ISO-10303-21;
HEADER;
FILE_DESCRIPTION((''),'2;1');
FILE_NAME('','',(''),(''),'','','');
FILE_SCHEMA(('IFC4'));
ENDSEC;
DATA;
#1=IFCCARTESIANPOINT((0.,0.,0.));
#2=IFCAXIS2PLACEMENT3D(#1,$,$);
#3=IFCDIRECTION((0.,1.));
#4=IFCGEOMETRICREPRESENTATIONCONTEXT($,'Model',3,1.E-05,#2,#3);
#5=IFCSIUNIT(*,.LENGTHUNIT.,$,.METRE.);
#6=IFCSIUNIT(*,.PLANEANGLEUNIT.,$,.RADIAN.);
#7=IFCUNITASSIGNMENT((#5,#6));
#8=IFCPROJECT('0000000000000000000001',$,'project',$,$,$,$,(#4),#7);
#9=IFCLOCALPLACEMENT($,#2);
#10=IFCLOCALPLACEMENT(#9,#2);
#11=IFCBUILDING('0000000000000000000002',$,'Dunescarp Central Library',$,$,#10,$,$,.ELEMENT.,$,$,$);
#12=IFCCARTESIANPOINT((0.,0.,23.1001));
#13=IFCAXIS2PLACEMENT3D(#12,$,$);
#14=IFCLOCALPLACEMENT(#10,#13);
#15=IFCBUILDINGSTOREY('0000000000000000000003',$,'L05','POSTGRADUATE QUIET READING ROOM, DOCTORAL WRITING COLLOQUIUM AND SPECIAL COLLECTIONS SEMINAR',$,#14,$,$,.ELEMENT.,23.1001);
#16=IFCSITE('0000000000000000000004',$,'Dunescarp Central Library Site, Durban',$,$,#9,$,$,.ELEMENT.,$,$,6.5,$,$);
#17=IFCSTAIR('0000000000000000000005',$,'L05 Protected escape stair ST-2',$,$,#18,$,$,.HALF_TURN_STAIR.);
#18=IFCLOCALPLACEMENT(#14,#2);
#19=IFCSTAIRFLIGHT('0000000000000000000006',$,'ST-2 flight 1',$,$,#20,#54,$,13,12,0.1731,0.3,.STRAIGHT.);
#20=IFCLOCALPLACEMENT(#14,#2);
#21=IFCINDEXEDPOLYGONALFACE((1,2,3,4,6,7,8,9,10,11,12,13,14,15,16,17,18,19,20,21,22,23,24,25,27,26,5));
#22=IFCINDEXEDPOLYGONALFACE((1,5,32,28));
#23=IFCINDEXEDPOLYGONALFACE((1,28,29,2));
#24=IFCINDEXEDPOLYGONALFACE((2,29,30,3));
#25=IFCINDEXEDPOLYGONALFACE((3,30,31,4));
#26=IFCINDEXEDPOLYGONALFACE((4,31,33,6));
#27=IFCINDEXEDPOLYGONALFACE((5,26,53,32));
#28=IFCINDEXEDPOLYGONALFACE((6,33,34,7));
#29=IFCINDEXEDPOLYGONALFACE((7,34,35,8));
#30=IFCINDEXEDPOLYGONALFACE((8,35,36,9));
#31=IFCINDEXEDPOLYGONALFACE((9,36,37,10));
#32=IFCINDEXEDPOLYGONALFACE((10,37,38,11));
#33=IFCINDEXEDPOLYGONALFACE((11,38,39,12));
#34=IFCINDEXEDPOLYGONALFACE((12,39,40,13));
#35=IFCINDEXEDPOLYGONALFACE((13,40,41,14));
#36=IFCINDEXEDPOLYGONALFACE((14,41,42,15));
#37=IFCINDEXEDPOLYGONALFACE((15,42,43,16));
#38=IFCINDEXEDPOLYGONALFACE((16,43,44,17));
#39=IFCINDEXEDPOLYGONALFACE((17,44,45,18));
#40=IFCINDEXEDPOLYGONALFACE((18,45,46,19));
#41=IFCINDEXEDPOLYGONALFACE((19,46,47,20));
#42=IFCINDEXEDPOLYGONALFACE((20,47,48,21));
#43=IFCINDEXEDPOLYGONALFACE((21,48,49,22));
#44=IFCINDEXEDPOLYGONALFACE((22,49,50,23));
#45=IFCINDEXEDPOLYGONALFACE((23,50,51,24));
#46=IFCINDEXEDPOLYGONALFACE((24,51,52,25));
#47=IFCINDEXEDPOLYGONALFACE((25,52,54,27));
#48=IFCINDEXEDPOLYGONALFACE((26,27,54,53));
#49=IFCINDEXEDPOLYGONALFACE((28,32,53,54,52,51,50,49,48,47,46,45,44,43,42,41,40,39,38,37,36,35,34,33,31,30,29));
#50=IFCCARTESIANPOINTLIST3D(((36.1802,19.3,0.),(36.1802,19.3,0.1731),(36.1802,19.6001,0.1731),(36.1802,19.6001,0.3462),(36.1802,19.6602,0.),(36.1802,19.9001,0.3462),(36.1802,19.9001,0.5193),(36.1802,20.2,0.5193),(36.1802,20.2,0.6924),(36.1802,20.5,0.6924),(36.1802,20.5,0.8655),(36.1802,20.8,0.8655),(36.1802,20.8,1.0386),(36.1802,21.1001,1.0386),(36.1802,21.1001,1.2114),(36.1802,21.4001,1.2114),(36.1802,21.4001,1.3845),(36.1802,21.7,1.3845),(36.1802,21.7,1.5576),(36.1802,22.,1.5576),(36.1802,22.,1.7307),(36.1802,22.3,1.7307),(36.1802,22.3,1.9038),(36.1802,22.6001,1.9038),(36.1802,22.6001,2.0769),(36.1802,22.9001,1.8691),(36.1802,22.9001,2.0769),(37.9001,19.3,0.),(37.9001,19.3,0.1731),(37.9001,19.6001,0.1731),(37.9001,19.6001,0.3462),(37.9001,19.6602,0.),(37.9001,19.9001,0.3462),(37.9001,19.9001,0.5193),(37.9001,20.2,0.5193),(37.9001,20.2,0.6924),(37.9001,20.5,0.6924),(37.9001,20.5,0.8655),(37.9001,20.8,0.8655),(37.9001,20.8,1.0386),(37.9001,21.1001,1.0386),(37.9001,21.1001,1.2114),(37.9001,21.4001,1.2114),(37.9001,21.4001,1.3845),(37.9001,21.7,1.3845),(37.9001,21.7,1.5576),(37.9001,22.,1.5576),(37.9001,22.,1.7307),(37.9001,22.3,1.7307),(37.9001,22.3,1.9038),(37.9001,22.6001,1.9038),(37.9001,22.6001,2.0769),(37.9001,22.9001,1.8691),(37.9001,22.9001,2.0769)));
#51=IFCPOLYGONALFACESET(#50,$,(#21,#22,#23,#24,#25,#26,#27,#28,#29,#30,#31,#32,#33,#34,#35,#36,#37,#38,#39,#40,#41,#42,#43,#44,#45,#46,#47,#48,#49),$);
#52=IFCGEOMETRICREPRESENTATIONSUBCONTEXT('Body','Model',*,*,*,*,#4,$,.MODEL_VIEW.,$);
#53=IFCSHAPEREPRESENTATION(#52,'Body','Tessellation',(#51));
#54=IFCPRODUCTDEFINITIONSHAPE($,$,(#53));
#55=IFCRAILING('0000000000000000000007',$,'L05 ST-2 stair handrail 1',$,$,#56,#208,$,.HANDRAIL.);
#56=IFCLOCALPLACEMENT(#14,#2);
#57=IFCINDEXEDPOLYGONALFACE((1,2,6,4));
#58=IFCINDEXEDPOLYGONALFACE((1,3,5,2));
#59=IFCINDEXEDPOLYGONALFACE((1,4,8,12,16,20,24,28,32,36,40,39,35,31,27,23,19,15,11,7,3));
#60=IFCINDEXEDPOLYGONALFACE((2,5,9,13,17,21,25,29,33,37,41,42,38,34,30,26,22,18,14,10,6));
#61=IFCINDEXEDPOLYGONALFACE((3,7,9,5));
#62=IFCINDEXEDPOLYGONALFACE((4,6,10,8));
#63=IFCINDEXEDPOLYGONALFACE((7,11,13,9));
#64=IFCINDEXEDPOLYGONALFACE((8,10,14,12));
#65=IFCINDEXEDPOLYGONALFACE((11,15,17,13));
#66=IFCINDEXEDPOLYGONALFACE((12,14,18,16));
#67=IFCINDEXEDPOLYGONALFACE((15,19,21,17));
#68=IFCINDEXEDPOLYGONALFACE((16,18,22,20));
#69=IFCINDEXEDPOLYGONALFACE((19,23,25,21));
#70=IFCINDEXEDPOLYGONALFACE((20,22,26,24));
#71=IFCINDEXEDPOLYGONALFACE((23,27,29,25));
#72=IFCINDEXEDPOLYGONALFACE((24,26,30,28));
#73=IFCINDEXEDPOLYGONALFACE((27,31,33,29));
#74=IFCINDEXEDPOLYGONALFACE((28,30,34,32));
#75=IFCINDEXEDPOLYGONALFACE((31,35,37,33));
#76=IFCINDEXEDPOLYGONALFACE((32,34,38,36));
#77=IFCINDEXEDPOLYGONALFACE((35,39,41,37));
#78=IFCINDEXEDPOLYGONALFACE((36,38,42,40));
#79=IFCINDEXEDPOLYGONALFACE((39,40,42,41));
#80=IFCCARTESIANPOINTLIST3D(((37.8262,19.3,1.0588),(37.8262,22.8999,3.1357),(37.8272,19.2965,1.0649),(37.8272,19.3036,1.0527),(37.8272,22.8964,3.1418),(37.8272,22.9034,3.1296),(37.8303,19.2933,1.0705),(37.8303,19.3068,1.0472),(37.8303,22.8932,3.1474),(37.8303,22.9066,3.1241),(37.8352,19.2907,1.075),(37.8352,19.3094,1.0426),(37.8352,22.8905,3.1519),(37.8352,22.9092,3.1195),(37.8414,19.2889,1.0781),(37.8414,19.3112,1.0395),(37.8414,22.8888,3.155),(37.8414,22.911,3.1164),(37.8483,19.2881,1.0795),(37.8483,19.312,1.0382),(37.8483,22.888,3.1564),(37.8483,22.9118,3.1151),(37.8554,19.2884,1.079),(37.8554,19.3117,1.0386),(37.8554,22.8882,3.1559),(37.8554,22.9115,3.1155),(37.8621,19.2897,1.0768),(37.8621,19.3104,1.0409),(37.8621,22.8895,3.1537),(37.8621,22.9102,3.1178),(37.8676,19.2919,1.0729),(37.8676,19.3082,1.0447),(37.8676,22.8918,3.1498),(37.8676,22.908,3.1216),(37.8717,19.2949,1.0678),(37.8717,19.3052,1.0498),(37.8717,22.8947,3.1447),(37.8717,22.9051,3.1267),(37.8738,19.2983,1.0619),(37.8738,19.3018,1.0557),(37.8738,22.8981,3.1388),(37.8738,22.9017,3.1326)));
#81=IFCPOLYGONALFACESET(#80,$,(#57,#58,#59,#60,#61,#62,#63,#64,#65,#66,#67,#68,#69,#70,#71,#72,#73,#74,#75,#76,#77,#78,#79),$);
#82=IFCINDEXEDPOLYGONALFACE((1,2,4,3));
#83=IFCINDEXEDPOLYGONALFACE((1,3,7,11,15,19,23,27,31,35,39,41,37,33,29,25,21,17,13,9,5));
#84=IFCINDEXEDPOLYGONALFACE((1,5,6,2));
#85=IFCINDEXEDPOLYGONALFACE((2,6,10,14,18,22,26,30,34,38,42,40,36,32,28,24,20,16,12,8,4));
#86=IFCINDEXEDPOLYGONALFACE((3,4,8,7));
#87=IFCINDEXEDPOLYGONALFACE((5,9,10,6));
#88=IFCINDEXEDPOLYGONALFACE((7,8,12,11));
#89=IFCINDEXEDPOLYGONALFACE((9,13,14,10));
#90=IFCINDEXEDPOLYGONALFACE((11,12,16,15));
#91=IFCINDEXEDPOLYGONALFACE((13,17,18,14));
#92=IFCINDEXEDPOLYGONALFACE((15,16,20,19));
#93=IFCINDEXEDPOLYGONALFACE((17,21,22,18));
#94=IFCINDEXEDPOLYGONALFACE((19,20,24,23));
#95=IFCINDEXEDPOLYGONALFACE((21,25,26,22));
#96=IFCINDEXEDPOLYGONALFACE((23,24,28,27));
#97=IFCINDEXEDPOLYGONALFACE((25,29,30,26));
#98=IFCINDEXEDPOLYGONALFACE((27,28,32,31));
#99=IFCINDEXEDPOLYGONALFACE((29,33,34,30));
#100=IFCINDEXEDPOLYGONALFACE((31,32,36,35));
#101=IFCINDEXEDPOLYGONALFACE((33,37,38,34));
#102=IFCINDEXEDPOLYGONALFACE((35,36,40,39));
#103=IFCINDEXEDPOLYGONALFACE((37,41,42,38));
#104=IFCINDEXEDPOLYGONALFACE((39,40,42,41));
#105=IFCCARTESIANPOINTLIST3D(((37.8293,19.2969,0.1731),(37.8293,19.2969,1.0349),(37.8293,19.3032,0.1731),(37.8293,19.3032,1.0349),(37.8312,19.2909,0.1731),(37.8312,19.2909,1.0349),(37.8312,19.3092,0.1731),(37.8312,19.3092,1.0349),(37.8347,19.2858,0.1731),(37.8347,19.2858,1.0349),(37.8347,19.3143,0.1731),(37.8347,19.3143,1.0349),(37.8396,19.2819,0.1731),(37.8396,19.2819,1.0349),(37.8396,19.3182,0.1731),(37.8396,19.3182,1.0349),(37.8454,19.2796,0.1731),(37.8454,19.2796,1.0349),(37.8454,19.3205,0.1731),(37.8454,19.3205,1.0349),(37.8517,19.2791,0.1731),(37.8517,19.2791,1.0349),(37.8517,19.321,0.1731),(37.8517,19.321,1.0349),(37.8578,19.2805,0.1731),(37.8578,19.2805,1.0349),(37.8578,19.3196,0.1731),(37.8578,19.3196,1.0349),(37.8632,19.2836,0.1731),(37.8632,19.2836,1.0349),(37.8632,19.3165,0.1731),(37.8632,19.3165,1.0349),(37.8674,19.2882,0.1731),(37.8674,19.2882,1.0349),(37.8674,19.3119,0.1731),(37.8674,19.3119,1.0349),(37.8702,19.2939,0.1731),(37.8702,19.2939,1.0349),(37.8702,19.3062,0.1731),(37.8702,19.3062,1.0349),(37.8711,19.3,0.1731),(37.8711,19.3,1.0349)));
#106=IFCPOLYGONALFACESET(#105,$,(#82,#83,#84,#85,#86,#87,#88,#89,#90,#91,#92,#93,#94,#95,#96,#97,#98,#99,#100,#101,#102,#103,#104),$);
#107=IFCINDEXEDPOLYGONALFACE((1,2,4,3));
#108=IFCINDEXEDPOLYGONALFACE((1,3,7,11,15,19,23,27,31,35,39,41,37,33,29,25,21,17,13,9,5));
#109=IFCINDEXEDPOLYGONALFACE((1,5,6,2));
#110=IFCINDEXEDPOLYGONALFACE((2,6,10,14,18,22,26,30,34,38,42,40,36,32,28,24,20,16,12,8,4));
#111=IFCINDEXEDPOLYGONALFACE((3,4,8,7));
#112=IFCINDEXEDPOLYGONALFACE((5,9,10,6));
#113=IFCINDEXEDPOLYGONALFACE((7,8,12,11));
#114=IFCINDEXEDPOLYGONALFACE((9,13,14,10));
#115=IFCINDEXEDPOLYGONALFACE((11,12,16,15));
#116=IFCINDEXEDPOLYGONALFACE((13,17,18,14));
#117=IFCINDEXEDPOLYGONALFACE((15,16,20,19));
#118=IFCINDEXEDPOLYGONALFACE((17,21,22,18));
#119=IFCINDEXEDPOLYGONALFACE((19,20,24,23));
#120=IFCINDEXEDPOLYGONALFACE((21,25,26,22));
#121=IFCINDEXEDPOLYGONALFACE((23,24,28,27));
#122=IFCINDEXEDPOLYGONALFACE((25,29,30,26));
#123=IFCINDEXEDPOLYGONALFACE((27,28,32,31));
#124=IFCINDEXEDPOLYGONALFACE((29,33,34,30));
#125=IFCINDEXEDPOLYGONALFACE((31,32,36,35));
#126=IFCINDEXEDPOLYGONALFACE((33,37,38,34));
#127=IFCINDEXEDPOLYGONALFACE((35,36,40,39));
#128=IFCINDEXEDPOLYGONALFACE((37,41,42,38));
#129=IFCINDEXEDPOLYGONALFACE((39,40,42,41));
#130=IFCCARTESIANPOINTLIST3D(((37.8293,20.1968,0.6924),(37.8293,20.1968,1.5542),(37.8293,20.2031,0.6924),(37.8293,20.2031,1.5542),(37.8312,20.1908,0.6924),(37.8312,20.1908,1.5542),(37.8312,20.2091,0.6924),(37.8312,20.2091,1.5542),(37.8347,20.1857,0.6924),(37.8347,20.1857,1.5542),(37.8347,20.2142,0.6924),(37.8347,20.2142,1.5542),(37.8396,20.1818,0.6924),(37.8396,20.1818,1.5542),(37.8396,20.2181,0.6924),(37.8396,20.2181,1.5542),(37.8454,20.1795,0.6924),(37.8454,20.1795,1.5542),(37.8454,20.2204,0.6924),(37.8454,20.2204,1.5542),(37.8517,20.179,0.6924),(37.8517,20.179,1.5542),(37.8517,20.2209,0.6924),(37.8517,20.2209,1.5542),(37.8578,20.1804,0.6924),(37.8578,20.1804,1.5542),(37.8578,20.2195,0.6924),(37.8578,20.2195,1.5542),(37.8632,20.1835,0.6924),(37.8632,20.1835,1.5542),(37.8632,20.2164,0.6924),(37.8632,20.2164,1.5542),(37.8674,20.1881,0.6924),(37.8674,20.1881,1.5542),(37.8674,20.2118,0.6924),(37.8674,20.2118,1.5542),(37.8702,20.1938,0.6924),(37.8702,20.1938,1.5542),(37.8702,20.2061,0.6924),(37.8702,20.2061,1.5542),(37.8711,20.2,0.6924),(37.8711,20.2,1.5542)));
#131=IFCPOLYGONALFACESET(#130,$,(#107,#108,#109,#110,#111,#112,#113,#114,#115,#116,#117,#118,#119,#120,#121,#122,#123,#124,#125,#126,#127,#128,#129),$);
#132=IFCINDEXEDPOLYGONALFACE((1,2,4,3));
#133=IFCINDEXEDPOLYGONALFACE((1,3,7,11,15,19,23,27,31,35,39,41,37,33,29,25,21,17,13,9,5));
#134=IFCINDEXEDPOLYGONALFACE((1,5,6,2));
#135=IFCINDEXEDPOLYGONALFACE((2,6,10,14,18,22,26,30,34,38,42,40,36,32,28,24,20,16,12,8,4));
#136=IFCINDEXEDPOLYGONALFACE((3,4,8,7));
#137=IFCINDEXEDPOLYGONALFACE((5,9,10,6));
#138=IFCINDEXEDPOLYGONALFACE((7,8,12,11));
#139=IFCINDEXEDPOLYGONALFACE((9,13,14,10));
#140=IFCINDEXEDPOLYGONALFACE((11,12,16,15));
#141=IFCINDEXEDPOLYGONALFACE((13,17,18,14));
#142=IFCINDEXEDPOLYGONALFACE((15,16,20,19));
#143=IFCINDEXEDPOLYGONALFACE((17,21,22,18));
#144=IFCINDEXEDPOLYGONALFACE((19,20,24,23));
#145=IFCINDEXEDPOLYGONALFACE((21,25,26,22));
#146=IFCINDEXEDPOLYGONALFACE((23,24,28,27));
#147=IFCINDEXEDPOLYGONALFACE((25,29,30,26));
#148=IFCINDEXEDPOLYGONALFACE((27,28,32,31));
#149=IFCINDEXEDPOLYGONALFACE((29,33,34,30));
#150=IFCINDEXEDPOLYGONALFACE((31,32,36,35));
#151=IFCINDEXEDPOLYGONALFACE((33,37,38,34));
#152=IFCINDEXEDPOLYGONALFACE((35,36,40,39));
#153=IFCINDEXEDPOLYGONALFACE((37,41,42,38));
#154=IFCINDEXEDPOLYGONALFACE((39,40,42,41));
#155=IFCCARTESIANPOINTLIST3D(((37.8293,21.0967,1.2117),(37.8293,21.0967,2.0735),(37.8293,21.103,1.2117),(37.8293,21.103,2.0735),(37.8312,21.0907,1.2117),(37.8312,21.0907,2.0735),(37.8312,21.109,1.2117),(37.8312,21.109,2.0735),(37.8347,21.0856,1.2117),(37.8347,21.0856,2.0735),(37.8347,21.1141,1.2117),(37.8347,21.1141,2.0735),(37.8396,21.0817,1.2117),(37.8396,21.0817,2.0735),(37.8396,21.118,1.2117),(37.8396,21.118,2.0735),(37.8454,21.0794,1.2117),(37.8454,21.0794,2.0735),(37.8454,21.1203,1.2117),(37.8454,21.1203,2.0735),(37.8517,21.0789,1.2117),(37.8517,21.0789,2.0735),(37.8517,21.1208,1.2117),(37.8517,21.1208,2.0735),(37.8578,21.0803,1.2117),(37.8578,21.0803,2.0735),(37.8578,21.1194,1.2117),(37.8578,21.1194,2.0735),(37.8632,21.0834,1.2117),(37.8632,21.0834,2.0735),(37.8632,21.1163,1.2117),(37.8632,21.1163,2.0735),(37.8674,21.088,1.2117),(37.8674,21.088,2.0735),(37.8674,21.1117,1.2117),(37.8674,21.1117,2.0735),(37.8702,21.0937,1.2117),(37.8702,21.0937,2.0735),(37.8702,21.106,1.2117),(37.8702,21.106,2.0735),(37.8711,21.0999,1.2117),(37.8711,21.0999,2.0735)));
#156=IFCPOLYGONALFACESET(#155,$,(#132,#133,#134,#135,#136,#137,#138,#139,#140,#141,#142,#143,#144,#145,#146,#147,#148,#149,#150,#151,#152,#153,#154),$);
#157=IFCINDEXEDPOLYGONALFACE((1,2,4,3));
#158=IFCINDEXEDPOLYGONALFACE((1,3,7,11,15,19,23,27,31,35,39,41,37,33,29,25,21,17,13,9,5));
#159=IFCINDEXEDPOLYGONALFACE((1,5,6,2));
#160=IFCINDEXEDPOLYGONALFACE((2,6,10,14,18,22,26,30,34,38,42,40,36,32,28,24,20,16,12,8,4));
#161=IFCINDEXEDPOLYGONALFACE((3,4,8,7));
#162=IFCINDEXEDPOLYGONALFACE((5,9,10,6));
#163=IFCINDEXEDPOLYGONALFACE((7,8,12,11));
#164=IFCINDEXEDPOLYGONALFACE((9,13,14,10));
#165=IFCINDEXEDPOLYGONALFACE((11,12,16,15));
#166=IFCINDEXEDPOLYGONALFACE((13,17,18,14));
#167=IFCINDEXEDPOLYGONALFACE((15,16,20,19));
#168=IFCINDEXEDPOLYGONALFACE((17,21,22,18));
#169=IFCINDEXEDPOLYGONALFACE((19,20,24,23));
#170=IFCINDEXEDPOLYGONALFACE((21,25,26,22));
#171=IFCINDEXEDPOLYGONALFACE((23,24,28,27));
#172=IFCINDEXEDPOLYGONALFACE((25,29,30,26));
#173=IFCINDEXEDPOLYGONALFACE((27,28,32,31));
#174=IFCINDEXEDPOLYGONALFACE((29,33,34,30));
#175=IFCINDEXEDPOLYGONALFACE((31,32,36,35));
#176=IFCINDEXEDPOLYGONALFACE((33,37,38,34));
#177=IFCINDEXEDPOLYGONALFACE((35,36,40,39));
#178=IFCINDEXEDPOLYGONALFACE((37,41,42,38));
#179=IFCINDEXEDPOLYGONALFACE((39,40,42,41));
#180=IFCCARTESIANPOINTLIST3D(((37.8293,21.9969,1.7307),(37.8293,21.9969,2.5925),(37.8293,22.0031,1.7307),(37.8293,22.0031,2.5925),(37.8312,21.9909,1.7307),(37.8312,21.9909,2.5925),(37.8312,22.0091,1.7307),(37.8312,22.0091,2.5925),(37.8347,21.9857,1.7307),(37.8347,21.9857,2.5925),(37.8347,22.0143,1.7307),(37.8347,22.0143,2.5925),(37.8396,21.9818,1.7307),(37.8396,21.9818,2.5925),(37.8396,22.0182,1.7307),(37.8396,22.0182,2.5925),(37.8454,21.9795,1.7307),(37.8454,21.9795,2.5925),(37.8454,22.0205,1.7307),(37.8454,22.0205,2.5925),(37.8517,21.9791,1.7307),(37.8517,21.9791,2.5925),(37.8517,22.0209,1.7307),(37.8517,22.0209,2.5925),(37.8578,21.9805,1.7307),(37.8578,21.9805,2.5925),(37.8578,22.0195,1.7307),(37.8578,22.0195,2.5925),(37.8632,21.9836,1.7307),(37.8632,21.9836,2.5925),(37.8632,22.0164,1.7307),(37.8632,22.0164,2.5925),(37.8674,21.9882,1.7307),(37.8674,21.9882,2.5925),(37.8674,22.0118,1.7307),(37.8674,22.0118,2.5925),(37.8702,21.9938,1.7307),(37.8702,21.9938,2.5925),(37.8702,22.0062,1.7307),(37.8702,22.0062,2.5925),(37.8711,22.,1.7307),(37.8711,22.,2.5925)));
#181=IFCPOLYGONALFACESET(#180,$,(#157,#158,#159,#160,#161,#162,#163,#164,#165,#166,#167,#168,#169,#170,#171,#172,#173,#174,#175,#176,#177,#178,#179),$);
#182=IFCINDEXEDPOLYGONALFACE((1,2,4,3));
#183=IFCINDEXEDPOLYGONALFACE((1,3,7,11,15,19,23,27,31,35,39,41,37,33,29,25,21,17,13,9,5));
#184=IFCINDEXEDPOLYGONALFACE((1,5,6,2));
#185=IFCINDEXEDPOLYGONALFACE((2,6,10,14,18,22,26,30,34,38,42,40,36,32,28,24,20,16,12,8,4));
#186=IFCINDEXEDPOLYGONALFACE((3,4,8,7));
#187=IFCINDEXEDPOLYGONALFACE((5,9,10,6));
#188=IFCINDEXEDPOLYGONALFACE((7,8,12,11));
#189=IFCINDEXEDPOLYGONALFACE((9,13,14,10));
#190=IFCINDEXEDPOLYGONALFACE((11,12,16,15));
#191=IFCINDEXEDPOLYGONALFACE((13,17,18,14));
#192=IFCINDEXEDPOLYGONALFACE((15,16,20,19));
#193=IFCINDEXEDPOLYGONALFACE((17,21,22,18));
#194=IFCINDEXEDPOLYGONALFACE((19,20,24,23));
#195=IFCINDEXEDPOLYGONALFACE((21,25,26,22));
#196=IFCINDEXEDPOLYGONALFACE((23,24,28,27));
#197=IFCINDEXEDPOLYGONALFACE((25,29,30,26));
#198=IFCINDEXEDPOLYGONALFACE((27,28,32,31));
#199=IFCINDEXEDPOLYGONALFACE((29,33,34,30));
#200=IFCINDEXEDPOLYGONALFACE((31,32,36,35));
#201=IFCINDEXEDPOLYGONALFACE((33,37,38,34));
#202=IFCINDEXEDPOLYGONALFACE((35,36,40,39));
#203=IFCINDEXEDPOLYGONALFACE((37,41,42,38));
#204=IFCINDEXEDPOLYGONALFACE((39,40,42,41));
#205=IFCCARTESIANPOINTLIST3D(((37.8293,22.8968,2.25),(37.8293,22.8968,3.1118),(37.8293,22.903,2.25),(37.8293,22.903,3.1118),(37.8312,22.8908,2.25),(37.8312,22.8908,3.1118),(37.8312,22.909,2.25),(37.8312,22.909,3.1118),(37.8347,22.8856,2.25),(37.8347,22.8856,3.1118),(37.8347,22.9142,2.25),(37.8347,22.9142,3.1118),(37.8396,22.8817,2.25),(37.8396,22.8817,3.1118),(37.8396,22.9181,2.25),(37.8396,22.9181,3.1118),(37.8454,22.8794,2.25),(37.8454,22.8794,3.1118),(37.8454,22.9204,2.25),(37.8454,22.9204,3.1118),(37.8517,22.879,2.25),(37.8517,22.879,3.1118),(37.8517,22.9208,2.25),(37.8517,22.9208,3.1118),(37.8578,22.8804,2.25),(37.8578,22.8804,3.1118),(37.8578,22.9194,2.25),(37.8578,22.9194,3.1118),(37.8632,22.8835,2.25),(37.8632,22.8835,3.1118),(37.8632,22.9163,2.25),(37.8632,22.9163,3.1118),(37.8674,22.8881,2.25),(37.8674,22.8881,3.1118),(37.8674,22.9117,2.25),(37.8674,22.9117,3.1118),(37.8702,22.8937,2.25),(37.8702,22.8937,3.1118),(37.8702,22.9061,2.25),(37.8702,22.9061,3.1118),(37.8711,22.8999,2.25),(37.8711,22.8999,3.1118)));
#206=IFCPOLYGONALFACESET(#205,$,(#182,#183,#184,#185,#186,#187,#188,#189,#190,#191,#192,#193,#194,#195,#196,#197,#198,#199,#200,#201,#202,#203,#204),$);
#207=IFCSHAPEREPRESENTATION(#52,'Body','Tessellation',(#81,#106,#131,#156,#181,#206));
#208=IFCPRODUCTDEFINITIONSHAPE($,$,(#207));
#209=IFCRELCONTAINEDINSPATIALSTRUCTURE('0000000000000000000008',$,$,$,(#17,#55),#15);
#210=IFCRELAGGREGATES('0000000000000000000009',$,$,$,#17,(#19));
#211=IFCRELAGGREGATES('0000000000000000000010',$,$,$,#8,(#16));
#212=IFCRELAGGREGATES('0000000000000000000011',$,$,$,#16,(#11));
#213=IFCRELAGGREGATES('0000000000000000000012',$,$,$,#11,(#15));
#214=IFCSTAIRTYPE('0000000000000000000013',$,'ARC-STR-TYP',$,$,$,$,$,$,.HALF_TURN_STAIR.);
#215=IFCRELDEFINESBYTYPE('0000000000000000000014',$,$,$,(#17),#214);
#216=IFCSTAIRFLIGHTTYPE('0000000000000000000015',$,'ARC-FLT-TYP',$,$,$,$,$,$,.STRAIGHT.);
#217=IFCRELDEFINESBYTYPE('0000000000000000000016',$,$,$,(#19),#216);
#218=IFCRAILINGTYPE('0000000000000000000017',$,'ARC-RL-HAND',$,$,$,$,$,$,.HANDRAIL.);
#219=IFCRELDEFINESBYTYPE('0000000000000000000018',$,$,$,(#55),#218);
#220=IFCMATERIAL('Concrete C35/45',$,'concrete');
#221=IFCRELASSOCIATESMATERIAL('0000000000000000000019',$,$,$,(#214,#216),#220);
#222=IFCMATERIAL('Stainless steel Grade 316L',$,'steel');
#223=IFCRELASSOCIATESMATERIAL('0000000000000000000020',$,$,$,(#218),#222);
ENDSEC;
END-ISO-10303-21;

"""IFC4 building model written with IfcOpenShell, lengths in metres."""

from ifc_helpers import new_model, si_unit, direction, frame, origin, origin_2d, place, context, subcontext, project, spatial, polyline, circle, outline, extrude, material, type_object, element, aggregate, save


model = new_model("IFC4")

# Units and contexts
model_context = context("Model", 3, precision=1e-05, world=origin(), true_north=direction((0.0, 1.0)))
body_context = subcontext(model_context, "Body", "Model", "MODEL_VIEW")
ifc_project = project(units=[si_unit("LENGTHUNIT", "METRE"), si_unit("PLANEANGLEUNIT", "RADIAN")], contexts=[model_context])

# Site, building, storey
site_placement = place(None, origin())
site = spatial("IfcSite", under=ifc_project, at=site_placement, Name="Dunescarp Central Library Site, Durban", CompositionType="ELEMENT", RefElevation=6.5)
building_placement = place(site_placement, origin())
building = spatial("IfcBuilding", under=site, at=building_placement, Name="Dunescarp Central Library", CompositionType="ELEMENT")
storey_placement = place(building_placement, frame((0.0, 0.0, 23.1001)))
storey = spatial("IfcBuildingStorey", under=building, at=storey_placement, Name="L05", Description="POSTGRADUATE QUIET READING ROOM, DOCTORAL WRITING COLLOQUIUM AND SPECIAL COLLECTIONS SEMINAR", CompositionType="ELEMENT", Elevation=23.1001)

# Shared definitions
ifc_material_1 = material(Name="Concrete C35/45", Category="concrete")

# Stair, stair flight
stair_type = type_object("IfcStairType", Name="ARC-STR-TYP", PredefinedType="HALF_TURN_STAIR", material=ifc_material_1)
stair_placement = place(storey_placement, origin())
stair = element("IfcStair", 1, at=stair_placement, inside=storey, type_object=stair_type, Name="L05 Protected escape stair ST-2", PredefinedType="HALF_TURN_STAIR")
stair_flight_type = type_object("IfcStairFlightType", Name="ARC-FLT-TYP", PredefinedType="STRAIGHT", material=ifc_material_1)
stair_flight_placement = place(storey_placement, frame((37.04, 19.3, 0.0), z_axis=(0.0, 0.0, 1.0), x_axis=(0.0, 1.0, 0.0)))
stair_flight = element("IfcStairFlight", 2, at=stair_flight_placement, type_object=stair_flight_type, Name="ST-2 flight 1", NumberOfRisers=13, NumberOfTreads=12, PredefinedType="STRAIGHT", RiserHeight=0.1731, TreadLength=0.3, context=body_context, shape_type="SweptSolid", body=[
    extrude(outline(polyline([(0.0, 0.0), (0.0, 0.1731), (0.3, 0.1731), (0.3, 0.3462), (0.6001, 0.3462), (0.6001, 0.5193), (0.8999, 0.5193), (0.8999, 0.6924), (1.2, 0.6924), (1.2, 0.8655), (1.5, 0.8655), (1.5, 1.0386), (1.8, 1.0386), (1.8, 1.2114), (2.1001, 1.2114), (2.1001, 1.3845), (2.3999, 1.3845), (2.3999, 1.5576), (2.7, 1.5576), (2.7, 1.7307), (3.0, 1.7307), (3.0, 1.9038), (3.3, 1.9038), (3.3, 2.0769), (3.6001, 2.0769), (3.6001, 2.25), (3.6001, 1.8691), (0.3601, 0.0), (0.0, 0.0)])), frame((0.0, 0.8599, 0.0), z_axis=(0.0, -1.0, 0.0), x_axis=(1.0, 0.0, 0.0)), (0.0, 0.0, 1.0), 1.72),
])
aggregate(stair, [stair_flight])

# Railing
ifc_material_2 = material(Name="Stainless steel Grade 316L", Category="steel")
railing_type = type_object("IfcRailingType", Name="ARC-RL-HAND", PredefinedType="HANDRAIL", material=ifc_material_2)
railing_placement = place(storey_placement, frame((37.8501, 19.3, 0.1731)))
element("IfcRailing", 3, at=railing_placement, inside=storey, type_object=railing_type, Name="L05 ST-2 stair handrail 1", PredefinedType="HANDRAIL", context=body_context, shape_type="SweptSolid", body=[
    extrude(circle(Radius=0.0239, at=origin_2d()), frame((0.0, 0.0, 0.8857), z_axis=(0.0, 0.866179, 0.499734), x_axis=(-1.0, 0.0, 0.0)), (0.0, 0.0, 1.0), 4.156),
    extrude(circle(Radius=0.021, at=origin_2d()), origin(), (0.0, 0.0, 1.0), 0.8618),
    extrude(circle(Radius=0.021, at=origin_2d()), frame((0.0, 0.8999, 0.5193)), (0.0, 0.0, 1.0), 0.8618),
    extrude(circle(Radius=0.021, at=origin_2d()), frame((0.0, 1.7998, 1.0386)), (0.0, 0.0, 1.0), 0.8618),
    extrude(circle(Radius=0.021, at=origin_2d()), frame((0.0, 2.7, 1.5576)), (0.0, 0.0, 1.0), 0.8618),
    extrude(circle(Radius=0.021, at=origin_2d()), frame((0.0, 3.5999, 2.0769)), (0.0, 0.0, 1.0), 0.8618),
])

save(model, "model.ifc")
